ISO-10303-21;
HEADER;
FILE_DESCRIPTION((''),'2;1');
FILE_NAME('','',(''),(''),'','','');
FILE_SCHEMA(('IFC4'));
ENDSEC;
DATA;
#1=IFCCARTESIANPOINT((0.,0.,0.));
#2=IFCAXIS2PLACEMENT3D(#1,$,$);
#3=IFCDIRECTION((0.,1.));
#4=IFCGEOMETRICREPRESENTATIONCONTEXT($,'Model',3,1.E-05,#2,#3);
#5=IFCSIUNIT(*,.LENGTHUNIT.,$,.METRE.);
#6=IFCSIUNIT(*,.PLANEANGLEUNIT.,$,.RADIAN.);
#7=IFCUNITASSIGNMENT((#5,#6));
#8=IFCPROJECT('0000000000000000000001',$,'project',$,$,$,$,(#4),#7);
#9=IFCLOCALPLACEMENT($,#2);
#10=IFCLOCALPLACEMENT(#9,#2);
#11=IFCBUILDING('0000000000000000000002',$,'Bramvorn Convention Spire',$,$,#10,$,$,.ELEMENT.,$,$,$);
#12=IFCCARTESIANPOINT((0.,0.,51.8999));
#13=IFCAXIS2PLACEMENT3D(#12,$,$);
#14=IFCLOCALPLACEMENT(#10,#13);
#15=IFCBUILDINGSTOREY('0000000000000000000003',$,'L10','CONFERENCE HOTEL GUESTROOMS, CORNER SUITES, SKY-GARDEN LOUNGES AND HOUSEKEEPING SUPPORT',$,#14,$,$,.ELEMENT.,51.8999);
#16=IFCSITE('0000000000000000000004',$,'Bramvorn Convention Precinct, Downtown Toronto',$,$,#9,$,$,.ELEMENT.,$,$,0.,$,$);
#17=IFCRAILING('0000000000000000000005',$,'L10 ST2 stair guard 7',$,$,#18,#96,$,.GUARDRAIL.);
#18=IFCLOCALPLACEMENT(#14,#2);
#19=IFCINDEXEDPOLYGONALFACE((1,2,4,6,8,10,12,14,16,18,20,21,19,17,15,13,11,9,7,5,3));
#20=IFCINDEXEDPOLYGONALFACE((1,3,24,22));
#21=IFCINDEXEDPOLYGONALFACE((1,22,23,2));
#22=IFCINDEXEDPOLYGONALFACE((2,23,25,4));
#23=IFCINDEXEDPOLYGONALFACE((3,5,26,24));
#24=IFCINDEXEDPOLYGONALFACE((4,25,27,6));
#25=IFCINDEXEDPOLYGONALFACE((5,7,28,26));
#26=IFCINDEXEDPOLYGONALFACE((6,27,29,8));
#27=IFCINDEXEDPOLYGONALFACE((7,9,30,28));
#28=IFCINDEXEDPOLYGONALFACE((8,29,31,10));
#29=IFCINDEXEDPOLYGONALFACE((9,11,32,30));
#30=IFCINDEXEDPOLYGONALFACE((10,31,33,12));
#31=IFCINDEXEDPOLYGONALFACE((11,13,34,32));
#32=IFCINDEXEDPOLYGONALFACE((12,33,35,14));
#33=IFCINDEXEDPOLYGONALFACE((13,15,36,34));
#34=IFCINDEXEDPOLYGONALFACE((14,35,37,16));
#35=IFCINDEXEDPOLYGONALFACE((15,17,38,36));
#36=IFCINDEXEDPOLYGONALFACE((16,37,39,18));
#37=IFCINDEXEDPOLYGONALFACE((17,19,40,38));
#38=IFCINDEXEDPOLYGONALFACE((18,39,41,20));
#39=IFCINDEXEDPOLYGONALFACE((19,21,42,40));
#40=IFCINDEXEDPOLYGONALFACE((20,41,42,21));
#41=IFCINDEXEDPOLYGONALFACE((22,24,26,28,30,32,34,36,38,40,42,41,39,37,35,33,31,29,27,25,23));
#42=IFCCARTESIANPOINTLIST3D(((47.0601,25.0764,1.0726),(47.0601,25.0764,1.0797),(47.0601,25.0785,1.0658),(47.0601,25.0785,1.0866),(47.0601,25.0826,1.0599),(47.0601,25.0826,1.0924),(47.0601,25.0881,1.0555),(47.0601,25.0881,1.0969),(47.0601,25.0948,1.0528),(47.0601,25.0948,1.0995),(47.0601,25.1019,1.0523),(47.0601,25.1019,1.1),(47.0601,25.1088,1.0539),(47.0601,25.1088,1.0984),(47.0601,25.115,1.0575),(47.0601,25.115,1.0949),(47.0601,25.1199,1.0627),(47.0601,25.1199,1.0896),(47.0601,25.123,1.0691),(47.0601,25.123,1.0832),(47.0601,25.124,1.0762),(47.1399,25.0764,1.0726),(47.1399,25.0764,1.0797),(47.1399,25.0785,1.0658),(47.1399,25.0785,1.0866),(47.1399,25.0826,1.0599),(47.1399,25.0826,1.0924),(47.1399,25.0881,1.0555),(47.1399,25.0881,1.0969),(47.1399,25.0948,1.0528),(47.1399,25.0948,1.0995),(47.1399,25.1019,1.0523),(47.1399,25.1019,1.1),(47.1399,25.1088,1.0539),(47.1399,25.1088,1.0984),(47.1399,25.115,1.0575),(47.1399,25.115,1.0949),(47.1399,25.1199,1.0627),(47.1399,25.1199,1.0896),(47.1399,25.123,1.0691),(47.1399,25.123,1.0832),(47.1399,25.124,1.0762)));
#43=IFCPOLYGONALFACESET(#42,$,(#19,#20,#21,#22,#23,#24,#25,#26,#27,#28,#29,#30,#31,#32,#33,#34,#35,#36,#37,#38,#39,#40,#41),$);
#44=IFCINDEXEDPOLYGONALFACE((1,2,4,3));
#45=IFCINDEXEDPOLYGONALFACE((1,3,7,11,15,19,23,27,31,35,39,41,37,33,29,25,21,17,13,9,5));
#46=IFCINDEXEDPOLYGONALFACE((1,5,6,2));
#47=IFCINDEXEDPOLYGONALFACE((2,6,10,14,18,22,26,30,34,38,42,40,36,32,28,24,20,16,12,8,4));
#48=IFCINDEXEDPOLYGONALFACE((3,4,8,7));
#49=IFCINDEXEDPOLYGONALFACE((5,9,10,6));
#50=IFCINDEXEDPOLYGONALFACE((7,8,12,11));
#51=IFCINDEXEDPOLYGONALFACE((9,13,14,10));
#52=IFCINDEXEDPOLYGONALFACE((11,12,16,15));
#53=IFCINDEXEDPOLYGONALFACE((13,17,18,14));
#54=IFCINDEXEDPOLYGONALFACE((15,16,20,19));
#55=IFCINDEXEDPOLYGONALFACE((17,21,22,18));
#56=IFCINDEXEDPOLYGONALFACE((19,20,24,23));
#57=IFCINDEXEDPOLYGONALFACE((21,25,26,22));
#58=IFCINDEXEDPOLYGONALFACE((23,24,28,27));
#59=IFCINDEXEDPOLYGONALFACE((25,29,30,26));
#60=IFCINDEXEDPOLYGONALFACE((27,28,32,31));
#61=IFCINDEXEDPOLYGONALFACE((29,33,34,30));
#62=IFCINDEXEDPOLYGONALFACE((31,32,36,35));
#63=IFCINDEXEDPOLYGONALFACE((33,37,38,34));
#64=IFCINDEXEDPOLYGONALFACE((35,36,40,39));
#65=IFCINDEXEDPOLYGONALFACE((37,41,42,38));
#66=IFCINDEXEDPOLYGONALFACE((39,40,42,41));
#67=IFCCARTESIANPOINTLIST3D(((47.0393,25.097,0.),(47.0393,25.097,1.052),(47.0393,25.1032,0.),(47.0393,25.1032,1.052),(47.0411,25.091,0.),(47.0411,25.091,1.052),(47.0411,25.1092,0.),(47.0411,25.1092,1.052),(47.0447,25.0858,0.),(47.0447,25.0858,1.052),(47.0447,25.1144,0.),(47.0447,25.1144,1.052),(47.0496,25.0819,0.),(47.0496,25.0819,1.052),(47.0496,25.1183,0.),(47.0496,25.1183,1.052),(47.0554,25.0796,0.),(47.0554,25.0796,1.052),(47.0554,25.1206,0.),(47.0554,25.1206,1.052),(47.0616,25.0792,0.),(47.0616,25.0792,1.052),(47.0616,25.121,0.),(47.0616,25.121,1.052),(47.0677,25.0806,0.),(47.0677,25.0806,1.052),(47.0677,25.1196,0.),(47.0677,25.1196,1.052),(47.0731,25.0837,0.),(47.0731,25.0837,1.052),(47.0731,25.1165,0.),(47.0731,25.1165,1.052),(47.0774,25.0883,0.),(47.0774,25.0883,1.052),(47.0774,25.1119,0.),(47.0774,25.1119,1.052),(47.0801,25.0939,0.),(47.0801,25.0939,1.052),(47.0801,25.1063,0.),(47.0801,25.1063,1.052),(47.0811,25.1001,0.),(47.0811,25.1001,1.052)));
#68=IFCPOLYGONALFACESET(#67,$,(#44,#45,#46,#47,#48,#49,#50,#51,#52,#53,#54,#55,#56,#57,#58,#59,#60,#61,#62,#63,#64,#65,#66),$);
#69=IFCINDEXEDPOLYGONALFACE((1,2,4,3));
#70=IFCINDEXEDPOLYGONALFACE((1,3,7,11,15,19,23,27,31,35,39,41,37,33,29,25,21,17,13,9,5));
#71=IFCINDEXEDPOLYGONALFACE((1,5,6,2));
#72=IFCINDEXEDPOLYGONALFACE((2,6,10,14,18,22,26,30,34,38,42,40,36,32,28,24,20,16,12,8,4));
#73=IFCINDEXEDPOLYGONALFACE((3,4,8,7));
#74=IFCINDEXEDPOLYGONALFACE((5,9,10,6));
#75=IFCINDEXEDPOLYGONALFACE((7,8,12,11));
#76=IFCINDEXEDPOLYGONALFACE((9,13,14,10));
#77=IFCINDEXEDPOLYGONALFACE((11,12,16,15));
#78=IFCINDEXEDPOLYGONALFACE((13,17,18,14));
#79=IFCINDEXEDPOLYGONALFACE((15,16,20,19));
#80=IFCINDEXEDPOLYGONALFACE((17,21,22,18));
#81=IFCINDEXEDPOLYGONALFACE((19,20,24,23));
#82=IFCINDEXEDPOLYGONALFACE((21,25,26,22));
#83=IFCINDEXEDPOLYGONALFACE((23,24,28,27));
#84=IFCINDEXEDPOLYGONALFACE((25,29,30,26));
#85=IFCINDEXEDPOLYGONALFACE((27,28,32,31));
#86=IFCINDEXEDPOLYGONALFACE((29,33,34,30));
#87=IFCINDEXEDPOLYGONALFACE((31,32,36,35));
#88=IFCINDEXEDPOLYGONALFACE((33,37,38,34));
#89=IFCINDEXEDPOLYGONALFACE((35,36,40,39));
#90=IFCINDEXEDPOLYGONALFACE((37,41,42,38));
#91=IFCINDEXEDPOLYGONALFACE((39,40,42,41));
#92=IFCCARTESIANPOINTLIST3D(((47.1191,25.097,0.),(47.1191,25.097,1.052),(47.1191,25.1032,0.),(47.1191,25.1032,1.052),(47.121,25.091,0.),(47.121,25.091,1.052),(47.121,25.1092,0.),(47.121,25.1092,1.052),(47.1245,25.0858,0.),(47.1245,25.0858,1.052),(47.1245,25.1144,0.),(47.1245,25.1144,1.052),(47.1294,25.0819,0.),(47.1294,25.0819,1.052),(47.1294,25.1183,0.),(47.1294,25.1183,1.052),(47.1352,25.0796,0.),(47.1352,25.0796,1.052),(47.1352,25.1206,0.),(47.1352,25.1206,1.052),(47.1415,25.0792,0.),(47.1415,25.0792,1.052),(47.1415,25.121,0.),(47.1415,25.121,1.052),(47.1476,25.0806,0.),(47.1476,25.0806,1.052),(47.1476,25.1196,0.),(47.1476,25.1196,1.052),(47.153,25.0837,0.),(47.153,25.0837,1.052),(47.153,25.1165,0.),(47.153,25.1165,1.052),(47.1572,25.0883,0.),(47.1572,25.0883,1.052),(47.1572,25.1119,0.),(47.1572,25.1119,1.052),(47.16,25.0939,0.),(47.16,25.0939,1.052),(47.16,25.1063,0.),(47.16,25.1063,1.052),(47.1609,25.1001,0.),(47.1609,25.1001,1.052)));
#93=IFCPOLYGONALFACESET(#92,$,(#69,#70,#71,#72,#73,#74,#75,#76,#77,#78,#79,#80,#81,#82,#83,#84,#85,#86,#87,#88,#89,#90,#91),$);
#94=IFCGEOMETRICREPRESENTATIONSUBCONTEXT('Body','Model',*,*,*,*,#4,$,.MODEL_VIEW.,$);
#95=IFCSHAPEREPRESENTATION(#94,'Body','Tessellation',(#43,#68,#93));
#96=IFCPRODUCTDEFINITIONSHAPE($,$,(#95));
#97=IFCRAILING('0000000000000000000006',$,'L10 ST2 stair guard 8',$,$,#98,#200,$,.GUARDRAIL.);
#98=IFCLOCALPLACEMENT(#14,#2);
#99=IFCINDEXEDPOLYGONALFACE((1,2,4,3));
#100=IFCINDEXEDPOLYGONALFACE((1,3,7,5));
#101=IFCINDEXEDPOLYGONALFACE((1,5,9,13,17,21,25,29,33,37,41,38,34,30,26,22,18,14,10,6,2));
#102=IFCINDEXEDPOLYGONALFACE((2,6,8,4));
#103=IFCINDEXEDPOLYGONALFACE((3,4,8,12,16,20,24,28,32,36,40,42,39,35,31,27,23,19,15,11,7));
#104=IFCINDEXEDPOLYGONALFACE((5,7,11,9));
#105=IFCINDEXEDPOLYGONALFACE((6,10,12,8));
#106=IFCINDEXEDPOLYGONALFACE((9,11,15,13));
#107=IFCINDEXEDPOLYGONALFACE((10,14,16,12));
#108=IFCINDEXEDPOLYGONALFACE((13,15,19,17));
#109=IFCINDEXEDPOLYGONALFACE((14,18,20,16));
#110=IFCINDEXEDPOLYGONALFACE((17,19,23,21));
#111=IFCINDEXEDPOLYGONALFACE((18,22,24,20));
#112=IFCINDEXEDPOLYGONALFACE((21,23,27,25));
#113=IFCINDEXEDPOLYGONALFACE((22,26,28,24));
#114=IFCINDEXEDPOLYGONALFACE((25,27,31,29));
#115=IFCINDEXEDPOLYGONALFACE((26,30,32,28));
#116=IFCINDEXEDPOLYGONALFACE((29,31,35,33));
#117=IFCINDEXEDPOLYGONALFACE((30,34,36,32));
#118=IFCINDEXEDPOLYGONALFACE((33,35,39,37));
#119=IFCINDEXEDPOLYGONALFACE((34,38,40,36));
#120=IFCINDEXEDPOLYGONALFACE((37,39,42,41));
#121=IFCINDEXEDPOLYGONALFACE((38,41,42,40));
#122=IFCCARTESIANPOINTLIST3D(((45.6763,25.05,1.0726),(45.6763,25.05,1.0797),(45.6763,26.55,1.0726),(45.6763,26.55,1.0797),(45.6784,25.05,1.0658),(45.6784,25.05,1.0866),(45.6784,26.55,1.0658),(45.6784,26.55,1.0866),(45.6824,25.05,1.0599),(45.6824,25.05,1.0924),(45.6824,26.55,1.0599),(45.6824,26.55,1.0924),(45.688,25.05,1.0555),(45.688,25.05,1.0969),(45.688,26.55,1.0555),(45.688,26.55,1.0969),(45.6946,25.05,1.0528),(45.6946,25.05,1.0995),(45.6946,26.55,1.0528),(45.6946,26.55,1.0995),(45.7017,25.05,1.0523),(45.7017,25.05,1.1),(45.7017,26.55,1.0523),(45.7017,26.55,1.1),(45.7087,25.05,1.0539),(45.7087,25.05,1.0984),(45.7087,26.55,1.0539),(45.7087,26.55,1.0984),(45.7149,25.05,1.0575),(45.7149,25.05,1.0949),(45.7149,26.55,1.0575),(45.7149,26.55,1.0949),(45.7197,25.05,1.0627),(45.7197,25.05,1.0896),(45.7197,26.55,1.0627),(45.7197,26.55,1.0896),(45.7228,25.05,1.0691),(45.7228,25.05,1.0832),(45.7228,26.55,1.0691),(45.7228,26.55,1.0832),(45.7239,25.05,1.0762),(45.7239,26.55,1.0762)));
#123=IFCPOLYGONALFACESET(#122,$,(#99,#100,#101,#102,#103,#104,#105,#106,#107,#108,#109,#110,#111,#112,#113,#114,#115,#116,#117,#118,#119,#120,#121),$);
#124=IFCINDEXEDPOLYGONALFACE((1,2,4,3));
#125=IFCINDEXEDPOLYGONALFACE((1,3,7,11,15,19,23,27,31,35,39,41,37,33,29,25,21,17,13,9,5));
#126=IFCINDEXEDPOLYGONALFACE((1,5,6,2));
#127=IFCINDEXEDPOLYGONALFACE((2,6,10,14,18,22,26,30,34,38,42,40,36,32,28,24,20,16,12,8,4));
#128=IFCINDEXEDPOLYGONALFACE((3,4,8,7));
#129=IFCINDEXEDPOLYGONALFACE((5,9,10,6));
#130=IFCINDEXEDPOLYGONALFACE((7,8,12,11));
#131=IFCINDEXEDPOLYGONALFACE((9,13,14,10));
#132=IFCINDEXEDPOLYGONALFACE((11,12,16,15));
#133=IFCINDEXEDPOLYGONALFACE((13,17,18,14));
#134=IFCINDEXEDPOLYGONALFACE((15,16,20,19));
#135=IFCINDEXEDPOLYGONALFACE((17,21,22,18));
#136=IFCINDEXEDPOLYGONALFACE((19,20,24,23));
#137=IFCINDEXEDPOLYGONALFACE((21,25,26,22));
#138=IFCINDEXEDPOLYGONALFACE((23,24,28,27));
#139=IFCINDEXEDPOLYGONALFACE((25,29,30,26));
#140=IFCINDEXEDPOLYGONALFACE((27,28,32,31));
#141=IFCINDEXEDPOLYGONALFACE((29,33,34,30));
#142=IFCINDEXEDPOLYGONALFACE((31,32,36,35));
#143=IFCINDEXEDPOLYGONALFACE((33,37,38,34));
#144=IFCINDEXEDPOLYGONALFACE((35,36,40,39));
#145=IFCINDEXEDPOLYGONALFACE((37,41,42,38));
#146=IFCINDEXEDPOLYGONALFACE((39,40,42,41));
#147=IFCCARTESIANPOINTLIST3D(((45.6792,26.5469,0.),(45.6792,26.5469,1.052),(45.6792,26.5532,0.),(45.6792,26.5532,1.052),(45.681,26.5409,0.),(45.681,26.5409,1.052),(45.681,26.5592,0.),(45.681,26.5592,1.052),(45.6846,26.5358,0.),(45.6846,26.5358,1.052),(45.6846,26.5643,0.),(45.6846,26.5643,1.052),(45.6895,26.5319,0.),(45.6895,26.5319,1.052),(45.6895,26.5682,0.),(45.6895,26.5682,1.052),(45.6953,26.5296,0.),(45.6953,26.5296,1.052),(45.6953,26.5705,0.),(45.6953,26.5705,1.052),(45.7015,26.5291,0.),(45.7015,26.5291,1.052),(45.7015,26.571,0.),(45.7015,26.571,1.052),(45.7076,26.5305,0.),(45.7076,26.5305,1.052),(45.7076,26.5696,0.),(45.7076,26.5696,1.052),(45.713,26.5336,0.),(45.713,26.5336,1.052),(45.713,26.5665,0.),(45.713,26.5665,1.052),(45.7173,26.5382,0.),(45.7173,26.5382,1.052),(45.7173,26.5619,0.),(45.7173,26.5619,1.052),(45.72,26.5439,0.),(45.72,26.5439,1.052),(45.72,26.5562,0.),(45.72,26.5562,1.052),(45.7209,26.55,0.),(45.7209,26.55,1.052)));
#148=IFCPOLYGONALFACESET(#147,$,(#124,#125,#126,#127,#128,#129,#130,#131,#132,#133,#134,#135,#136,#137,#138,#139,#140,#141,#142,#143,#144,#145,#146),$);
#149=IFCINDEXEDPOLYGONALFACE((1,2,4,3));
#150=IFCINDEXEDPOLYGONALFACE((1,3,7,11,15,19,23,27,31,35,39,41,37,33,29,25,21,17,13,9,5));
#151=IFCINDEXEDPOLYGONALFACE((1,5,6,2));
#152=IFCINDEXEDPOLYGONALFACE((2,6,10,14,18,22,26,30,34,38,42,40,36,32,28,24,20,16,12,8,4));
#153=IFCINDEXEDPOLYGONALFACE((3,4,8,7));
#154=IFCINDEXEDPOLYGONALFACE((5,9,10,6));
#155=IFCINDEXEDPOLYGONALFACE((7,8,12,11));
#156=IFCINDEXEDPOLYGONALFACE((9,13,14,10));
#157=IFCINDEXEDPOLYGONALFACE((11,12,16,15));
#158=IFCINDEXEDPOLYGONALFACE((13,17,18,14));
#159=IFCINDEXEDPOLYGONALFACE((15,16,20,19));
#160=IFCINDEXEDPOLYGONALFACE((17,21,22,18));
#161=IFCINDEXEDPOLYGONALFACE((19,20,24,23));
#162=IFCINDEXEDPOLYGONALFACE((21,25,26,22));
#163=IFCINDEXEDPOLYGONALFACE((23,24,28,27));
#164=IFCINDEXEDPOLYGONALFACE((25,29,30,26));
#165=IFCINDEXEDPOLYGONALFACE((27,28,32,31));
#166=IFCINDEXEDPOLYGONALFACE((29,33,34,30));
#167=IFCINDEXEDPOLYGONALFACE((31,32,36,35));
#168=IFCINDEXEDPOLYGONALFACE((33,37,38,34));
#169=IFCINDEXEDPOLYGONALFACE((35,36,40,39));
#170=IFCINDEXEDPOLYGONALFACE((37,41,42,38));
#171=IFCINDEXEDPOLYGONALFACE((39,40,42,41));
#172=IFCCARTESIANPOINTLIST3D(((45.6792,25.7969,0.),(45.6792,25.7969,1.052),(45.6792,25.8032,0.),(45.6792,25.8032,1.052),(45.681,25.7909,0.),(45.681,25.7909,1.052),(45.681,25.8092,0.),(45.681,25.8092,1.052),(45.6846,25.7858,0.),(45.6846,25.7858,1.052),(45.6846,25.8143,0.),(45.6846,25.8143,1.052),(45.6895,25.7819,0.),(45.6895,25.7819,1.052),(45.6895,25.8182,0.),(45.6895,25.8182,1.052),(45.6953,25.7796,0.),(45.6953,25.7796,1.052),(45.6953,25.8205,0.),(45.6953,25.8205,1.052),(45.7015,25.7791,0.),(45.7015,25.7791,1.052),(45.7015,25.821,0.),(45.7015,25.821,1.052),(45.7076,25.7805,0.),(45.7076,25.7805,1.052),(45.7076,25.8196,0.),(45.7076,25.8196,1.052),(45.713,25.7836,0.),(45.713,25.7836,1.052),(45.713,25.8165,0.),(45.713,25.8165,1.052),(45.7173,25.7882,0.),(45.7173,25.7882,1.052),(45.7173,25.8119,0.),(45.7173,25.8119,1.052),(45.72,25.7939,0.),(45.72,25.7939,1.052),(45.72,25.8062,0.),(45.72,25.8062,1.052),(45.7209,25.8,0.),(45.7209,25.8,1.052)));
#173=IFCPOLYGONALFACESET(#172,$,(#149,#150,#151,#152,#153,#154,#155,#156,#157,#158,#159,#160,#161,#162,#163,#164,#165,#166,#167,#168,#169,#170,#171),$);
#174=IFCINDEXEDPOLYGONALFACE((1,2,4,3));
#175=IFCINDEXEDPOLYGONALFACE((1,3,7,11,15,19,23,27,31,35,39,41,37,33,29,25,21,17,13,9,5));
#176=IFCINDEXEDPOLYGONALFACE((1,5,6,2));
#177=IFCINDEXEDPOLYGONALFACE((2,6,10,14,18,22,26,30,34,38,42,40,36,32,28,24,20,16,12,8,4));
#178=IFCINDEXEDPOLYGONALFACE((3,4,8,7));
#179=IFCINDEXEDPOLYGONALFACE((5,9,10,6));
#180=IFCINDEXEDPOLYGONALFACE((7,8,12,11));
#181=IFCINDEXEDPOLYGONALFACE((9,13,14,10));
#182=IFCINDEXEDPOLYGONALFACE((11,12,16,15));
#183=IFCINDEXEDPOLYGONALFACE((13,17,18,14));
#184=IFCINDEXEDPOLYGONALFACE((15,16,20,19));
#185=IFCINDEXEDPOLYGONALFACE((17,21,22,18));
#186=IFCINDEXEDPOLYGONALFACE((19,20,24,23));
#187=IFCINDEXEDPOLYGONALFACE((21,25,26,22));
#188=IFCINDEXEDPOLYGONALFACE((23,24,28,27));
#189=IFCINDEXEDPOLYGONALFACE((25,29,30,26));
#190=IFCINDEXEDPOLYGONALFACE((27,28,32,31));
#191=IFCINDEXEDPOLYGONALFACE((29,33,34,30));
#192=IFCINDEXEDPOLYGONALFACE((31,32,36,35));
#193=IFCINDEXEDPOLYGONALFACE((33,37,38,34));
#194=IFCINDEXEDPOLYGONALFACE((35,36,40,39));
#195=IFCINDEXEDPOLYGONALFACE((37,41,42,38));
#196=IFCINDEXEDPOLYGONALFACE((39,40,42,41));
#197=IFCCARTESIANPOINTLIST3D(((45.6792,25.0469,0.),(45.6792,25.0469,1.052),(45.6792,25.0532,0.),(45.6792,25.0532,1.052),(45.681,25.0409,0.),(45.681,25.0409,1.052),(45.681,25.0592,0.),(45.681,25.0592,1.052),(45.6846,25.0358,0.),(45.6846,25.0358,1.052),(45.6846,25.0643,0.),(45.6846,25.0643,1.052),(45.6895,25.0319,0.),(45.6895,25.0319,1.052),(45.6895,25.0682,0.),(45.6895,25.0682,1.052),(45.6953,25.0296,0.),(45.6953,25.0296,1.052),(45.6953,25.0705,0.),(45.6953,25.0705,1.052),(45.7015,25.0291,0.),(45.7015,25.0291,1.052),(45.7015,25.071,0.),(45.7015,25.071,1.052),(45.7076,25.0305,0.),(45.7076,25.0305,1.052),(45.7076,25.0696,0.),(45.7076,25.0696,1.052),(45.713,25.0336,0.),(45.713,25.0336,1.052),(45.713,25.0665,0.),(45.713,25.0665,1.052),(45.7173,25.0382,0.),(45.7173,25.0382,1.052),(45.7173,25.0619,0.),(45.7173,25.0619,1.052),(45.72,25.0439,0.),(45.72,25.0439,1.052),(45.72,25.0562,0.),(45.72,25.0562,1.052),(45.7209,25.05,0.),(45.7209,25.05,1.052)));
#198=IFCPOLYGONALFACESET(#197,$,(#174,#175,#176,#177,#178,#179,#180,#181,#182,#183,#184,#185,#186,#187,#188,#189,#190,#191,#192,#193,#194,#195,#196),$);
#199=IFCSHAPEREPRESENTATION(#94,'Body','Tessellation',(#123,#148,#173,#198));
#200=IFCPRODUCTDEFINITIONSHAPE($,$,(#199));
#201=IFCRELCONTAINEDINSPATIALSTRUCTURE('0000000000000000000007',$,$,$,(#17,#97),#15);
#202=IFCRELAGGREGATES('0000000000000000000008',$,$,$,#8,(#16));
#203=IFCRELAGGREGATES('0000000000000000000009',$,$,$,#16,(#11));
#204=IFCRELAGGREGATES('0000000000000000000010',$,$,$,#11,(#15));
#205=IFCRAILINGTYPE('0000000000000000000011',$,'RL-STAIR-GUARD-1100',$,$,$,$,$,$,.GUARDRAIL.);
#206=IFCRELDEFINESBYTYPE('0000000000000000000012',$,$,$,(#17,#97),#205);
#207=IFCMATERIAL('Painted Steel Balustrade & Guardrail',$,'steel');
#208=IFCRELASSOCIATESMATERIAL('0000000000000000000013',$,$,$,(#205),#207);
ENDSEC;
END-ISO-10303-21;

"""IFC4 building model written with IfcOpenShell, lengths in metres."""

from ifc_helpers import new_model, si_unit, direction, frame, origin, origin_2d, place, context, subcontext, project, spatial, circle, extrude, material, type_object, element, save


model = new_model("IFC4")

# Units and contexts
model_context = context("Model", 3, precision=1e-05, world=origin(), true_north=direction((0.0, 1.0)))
body_context = subcontext(model_context, "Body", "Model", "MODEL_VIEW")
ifc_project = project(units=[si_unit("LENGTHUNIT", "METRE"), si_unit("PLANEANGLEUNIT", "RADIAN")], contexts=[model_context])

# Site, building, storey
site_placement = place(None, origin())
site = spatial("IfcSite", under=ifc_project, at=site_placement, Name="Bramvorn Convention Precinct, Downtown Toronto", CompositionType="ELEMENT", RefElevation=0.0)
building_placement = place(site_placement, origin())
building = spatial("IfcBuilding", under=site, at=building_placement, Name="Bramvorn Convention Spire", CompositionType="ELEMENT")
storey_placement = place(building_placement, frame((0.0, 0.0, 51.8999)))
storey = spatial("IfcBuildingStorey", under=building, at=storey_placement, Name="L10", Description="CONFERENCE HOTEL GUESTROOMS, CORNER SUITES, SKY-GARDEN LOUNGES AND HOUSEKEEPING SUPPORT", CompositionType="ELEMENT", Elevation=51.8999)

# Railings
ifc_material_1 = material(Name="Painted Steel Balustrade & Guardrail", Category="steel")
railing_type_1 = type_object("IfcRailingType", Name="RL-STAIR-GUARD-1100", PredefinedType="GUARDRAIL", material=ifc_material_1)
railing_1_placement = place(storey_placement, frame((47.0601, 25.1001, 0.0)))
element("IfcRailing", 1, at=railing_1_placement, inside=storey, type_object=railing_type_1, Name="L10 ST2 stair guard 7", PredefinedType="GUARDRAIL", context=body_context, shape_type="SweptSolid", body=[
    extrude(circle(Radius=0.0239, at=origin_2d()), frame((0.0, 0.0, 1.0762), z_axis=(1.0, 0.0, 0.0), x_axis=(0.0, 1.0, 0.0)), (0.0, 0.0, 1.0), 0.0798),
    extrude(circle(Radius=0.021, at=origin_2d()), origin(), (0.0, 0.0, 1.0), 1.052),
    extrude(circle(Radius=0.021, at=origin_2d()), frame((0.0798, 0.0, 0.0)), (0.0, 0.0, 1.0), 1.052),
])
for number, where, name in (
    (2, (45.7, 26.55, 0.0), "L10 ST2 stair guard 8"),
):
    element("IfcRailing", number, at=place(storey_placement, frame(where)), inside=storey, type_object=railing_type_1, Name=name, PredefinedType="GUARDRAIL", context=body_context, shape_type="SweptSolid", body=[
        extrude(circle(Radius=0.0239, at=origin_2d()), frame((0.0, 0.0, 1.0762), z_axis=(0.0, -1.0, 0.0), x_axis=(1.0, 0.0, 0.0)), (0.0, 0.0, 1.0), 1.5),
        extrude(circle(Radius=0.021, at=origin_2d()), origin(), (0.0, 0.0, 1.0), 1.052),
        extrude(circle(Radius=0.021, at=origin_2d()), frame((0.0, -0.75, 0.0)), (0.0, 0.0, 1.0), 1.052),
        extrude(circle(Radius=0.021, at=origin_2d()), frame((0.0, -1.5, 0.0)), (0.0, 0.0, 1.0), 1.052),
    ])

save(model, "model.ifc")
